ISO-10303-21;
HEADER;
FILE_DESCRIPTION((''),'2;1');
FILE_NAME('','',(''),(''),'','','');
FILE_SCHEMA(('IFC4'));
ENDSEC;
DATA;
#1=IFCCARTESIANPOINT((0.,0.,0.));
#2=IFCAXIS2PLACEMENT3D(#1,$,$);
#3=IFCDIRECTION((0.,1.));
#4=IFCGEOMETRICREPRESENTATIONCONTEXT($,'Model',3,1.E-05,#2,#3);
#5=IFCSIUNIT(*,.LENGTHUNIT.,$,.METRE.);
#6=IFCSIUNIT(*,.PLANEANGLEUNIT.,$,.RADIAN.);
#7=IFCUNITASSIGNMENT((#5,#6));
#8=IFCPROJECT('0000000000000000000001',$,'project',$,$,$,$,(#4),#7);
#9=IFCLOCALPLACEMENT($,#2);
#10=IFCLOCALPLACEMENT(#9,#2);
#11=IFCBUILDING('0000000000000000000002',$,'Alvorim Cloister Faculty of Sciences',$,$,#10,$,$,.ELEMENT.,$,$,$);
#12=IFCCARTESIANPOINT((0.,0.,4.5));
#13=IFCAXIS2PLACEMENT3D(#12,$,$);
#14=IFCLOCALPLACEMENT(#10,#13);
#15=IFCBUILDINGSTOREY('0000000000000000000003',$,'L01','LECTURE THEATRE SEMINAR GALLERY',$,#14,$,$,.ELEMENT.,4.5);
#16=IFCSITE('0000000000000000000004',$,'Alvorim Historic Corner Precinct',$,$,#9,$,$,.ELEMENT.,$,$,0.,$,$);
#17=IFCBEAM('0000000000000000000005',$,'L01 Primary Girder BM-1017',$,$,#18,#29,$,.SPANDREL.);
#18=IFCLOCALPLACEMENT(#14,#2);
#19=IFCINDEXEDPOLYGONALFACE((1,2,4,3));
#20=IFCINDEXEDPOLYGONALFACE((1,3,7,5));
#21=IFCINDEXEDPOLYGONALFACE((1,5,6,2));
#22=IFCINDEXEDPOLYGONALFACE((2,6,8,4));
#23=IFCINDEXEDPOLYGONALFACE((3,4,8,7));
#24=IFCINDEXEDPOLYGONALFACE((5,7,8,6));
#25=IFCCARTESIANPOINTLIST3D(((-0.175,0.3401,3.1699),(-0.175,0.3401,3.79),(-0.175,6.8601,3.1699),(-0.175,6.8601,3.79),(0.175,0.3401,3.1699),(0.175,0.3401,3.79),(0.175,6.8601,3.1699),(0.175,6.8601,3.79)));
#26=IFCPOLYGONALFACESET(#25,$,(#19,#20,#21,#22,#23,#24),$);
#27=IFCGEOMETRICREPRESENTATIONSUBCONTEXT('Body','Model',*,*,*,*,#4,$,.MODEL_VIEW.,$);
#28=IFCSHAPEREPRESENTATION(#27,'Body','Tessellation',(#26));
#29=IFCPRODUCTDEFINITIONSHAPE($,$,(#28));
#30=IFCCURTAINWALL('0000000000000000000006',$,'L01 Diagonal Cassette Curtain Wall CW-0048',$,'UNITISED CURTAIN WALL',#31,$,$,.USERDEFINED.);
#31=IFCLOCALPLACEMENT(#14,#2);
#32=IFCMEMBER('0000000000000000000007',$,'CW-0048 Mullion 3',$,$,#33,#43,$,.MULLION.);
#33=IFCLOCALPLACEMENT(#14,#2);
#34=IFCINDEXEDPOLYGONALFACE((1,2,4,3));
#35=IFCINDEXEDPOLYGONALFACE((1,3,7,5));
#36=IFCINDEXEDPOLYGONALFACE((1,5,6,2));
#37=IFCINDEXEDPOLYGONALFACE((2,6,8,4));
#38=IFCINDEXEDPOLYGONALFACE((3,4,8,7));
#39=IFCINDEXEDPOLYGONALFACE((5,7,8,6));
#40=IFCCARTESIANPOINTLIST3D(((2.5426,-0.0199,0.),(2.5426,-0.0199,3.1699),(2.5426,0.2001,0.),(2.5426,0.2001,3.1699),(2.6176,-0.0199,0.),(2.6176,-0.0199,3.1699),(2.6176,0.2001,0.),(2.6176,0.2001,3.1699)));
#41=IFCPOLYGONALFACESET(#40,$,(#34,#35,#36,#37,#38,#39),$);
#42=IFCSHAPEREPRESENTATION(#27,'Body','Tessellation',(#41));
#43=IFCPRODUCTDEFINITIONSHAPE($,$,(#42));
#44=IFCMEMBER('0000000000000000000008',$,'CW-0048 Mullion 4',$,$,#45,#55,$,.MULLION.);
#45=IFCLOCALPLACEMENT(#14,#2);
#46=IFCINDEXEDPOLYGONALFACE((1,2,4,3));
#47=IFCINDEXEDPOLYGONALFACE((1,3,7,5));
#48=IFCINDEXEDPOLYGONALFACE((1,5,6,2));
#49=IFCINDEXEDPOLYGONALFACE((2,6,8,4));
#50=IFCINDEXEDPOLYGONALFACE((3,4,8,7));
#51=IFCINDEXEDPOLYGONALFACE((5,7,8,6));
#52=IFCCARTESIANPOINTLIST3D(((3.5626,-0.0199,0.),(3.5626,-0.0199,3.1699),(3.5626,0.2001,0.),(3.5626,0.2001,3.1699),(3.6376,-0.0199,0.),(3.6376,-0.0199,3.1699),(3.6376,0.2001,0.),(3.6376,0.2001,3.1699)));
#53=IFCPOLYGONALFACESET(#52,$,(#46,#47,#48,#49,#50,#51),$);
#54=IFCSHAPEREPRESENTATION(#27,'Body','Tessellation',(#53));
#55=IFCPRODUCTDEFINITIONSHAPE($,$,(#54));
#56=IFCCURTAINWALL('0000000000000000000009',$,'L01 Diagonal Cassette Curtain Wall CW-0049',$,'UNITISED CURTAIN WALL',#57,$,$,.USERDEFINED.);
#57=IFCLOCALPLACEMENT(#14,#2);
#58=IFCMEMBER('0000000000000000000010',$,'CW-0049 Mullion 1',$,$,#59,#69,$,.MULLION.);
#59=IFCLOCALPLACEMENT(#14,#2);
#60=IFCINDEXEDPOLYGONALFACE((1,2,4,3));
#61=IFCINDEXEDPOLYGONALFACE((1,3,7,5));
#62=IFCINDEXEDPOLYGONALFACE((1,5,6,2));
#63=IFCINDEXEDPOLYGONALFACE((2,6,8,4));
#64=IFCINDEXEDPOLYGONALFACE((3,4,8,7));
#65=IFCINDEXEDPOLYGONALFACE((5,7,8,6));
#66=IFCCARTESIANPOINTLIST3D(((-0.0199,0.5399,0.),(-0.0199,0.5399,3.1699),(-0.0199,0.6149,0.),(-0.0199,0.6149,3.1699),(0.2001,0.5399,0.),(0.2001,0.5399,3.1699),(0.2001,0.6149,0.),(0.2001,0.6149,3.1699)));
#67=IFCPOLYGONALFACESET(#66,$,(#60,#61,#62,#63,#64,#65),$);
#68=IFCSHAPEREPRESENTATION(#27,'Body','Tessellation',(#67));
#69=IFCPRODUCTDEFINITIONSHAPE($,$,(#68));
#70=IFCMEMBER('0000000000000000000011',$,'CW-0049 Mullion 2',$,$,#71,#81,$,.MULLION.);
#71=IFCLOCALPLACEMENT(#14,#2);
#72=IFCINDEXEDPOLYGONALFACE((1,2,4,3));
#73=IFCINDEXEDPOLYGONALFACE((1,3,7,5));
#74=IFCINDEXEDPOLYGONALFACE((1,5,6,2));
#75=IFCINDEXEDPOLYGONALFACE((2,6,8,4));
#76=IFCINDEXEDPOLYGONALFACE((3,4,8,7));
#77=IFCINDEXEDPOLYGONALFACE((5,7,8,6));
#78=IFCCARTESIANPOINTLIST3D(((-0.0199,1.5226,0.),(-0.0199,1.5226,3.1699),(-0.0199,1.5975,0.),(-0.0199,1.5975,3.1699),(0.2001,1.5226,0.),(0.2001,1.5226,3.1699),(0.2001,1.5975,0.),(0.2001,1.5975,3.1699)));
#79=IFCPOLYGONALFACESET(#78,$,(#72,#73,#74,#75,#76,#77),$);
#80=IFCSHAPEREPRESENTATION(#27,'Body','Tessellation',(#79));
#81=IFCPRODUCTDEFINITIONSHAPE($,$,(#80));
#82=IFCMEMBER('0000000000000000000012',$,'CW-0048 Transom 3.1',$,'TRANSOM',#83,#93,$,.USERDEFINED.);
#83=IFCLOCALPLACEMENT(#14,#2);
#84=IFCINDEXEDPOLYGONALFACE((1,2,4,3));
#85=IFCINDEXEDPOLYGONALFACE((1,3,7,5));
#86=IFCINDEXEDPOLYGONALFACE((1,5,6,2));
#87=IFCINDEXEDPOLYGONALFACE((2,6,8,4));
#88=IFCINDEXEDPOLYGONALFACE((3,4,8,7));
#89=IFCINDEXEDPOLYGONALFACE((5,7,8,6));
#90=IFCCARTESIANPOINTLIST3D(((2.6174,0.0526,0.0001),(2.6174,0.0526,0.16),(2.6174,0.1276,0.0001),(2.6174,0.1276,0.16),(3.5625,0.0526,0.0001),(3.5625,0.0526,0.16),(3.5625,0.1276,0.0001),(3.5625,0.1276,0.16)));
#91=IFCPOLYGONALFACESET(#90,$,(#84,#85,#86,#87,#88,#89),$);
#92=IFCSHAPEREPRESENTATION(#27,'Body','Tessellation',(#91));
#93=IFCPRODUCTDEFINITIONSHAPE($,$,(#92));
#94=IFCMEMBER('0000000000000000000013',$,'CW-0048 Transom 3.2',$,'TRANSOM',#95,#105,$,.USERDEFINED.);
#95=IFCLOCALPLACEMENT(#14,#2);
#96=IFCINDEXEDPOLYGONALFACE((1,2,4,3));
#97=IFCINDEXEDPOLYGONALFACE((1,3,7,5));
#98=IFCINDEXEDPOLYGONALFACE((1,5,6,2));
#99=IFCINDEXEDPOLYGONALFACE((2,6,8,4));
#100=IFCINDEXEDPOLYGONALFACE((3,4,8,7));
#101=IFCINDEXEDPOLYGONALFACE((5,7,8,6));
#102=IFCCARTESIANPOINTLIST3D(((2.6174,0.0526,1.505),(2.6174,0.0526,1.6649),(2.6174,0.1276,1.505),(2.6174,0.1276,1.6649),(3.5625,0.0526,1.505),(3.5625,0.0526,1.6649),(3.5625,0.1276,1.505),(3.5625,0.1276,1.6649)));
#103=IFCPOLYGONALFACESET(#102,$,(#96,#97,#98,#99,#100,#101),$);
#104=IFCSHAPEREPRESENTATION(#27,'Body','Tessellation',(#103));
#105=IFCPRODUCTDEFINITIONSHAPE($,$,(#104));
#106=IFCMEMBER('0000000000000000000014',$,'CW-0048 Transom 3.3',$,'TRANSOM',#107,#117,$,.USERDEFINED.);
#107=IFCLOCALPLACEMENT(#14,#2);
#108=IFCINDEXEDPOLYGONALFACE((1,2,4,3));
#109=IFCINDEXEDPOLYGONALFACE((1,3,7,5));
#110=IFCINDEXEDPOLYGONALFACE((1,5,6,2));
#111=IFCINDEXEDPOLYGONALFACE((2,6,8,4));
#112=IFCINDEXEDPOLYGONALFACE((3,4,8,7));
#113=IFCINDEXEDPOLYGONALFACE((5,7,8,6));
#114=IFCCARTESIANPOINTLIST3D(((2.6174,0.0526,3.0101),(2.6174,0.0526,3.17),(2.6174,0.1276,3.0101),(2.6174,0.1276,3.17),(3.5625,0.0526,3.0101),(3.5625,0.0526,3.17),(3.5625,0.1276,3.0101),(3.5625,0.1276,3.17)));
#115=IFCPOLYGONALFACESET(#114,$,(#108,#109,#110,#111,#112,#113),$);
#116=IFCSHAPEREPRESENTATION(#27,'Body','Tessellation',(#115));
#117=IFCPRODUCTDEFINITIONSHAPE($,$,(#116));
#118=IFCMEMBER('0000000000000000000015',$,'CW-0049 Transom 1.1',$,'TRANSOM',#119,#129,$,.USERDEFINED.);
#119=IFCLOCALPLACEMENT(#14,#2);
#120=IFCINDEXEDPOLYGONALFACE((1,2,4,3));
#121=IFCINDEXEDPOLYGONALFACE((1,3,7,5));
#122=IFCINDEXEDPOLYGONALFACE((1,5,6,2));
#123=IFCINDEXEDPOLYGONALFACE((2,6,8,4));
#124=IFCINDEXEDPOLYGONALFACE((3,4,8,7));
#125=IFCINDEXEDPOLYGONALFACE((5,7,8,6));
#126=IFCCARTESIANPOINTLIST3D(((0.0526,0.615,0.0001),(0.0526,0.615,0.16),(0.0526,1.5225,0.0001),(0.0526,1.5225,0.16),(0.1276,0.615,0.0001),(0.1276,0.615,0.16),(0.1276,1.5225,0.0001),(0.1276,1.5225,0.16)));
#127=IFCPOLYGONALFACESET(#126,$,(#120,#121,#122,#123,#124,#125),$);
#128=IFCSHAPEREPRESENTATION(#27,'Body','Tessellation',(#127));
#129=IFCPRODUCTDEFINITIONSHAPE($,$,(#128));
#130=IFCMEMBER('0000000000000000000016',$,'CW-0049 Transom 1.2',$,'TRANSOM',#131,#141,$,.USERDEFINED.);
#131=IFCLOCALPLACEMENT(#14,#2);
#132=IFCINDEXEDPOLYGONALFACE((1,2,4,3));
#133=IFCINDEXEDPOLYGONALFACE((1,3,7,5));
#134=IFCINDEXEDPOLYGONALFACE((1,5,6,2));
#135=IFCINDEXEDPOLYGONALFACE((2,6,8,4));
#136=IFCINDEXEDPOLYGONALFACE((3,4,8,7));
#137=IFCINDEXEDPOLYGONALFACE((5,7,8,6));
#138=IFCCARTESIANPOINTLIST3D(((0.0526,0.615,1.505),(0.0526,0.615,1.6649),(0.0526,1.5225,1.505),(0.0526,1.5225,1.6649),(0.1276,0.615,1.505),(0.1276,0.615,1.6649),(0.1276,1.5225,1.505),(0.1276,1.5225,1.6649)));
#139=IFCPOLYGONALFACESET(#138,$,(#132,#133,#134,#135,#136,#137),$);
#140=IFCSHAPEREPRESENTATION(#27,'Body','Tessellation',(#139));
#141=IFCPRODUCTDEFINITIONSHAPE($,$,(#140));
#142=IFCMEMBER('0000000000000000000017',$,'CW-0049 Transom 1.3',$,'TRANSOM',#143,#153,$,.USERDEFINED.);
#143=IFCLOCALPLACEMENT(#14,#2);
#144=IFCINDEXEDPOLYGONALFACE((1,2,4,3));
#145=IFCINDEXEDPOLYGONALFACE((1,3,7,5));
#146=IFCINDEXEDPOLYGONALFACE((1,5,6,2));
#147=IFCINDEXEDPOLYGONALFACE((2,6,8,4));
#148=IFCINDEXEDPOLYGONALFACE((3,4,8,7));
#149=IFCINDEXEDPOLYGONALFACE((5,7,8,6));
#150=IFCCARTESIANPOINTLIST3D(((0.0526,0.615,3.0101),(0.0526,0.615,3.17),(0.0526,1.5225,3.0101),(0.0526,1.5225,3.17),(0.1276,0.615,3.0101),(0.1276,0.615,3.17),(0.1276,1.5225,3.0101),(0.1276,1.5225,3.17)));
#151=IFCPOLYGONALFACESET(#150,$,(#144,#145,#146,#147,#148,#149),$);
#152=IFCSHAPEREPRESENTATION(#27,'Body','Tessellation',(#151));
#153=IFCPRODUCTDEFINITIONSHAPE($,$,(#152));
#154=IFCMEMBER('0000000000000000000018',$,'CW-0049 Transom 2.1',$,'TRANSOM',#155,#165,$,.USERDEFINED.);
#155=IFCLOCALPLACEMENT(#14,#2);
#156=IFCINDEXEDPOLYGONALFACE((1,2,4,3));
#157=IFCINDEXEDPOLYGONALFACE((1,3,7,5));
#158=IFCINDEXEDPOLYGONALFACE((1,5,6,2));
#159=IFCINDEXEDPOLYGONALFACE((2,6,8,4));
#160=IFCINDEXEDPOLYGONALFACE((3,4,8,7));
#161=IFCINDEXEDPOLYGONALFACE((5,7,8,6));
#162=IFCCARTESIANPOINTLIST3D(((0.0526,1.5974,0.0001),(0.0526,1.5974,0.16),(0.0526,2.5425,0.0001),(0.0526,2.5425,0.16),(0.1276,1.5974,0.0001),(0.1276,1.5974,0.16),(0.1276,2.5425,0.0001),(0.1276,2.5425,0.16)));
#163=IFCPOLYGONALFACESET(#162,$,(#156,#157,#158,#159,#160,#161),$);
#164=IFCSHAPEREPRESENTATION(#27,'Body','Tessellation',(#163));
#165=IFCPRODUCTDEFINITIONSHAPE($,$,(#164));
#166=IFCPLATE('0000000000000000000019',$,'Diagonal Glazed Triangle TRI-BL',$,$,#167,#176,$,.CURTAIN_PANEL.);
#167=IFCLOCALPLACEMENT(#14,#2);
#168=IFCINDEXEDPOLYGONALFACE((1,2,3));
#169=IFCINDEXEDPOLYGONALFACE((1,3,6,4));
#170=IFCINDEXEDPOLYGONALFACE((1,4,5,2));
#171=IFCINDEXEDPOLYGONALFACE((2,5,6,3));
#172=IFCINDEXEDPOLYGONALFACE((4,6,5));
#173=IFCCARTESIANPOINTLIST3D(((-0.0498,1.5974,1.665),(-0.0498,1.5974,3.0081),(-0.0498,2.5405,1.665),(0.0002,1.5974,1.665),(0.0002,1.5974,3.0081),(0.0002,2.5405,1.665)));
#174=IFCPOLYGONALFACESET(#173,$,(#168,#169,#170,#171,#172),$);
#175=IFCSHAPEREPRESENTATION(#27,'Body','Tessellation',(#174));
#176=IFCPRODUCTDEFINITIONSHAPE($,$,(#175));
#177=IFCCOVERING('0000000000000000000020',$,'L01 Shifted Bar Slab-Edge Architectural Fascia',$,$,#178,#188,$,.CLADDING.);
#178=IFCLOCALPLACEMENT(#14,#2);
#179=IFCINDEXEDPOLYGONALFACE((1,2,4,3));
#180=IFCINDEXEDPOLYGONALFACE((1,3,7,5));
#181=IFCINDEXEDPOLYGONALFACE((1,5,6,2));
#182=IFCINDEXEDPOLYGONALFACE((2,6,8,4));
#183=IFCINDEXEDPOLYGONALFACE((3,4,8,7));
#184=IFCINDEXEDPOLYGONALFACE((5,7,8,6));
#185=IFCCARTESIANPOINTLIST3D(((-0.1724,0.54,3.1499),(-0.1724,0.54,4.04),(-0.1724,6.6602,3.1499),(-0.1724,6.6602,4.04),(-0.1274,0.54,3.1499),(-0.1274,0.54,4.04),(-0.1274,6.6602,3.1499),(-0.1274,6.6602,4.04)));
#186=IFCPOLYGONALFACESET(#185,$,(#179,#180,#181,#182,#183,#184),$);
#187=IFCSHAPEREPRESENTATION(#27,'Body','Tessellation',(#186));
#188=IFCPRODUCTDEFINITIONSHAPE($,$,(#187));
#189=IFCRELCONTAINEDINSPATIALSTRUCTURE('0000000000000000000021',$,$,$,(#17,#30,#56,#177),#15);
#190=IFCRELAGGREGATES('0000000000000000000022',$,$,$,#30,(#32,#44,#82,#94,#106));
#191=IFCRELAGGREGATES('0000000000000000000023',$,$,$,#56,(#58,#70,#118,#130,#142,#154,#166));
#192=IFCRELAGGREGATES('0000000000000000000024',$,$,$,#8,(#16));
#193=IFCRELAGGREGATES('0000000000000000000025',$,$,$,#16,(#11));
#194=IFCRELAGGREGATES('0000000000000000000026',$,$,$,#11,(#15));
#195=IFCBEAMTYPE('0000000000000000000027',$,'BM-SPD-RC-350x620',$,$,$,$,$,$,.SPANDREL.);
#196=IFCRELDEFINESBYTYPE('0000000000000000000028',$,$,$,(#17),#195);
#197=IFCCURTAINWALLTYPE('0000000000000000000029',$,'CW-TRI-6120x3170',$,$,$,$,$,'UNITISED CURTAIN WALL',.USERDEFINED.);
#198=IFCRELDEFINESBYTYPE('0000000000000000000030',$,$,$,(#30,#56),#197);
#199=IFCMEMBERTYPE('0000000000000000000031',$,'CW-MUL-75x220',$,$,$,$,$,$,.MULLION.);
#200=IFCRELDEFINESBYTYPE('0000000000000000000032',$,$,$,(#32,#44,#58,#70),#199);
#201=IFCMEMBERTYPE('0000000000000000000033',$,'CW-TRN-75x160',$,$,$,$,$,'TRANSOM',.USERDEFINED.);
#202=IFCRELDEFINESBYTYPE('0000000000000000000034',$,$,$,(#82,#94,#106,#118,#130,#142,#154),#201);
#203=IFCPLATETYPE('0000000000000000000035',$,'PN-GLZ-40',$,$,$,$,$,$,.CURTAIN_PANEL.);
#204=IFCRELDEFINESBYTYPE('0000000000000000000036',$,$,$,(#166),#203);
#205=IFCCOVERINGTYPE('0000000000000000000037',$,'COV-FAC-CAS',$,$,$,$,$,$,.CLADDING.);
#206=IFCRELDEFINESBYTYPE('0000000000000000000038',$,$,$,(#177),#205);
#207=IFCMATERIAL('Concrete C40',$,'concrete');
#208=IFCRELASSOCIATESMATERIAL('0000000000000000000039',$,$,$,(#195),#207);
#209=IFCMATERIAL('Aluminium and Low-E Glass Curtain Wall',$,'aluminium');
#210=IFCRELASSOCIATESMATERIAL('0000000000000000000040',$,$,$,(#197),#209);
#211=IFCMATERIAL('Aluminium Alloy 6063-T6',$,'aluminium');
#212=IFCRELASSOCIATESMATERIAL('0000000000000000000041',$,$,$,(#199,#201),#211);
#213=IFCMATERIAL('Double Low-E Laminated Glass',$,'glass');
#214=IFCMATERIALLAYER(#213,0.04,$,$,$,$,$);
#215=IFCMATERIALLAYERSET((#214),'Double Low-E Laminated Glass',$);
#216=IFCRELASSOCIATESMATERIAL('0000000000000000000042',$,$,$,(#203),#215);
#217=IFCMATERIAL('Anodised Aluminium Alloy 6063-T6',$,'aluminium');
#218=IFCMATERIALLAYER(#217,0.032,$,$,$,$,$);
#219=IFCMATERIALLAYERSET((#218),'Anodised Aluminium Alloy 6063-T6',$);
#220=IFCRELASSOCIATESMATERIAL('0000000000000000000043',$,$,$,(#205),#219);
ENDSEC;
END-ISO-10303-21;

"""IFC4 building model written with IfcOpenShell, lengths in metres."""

from ifc_helpers import new_model, si_unit, direction, frame, origin, origin_2d, place, context, subcontext, project, spatial, polyline, rectangle, outline, extrude, material, layer, layer_set, material_profile, profile_set, type_object, element, aggregate, save


model = new_model("IFC4")

# Units and contexts
model_context = context("Model", 3, precision=1e-05, world=origin(), true_north=direction((0.0, 1.0)))
body_context = subcontext(model_context, "Body", "Model", "MODEL_VIEW")
ifc_project = project(units=[si_unit("LENGTHUNIT", "METRE"), si_unit("PLANEANGLEUNIT", "RADIAN")], contexts=[model_context])

# Site, building, storey
site_placement = place(None, origin())
site = spatial("IfcSite", under=ifc_project, at=site_placement, Name="Alvorim Historic Corner Precinct", CompositionType="ELEMENT", RefElevation=0.0)
building_placement = place(site_placement, origin())
building = spatial("IfcBuilding", under=site, at=building_placement, Name="Alvorim Cloister Faculty of Sciences", CompositionType="ELEMENT")
storey_placement = place(building_placement, frame((0.0, 0.0, 4.5)))
storey = spatial("IfcBuildingStorey", under=building, at=storey_placement, Name="L01", Description="LECTURE THEATRE SEMINAR GALLERY", CompositionType="ELEMENT", Elevation=4.5)

# Beam
ifc_material_1 = material(Name="Concrete C40", Category="concrete")
ifc_material_profile_1 = material_profile(ifc_material_1, rectangle(XDim=0.3501, YDim=0.6201, at=origin_2d()), Name="RC40-SPD-350x620")
ifc_profile_set_1 = profile_set([ifc_material_profile_1], Name="Concrete C40")
beam_type = type_object("IfcBeamType", Name="BM-SPD-RC-350x620", PredefinedType="SPANDREL", material=ifc_profile_set_1)
beam_placement = place(storey_placement, frame((0.0, 0.3401, 3.48), z_axis=(0.0, 1.0, 0.0), x_axis=(-1.0, 0.0, 0.0)))
element("IfcBeam", 1, at=beam_placement, inside=storey, type_object=beam_type, Name="L01 Primary Girder BM-1017", PredefinedType="SPANDREL", context=body_context, shape_type="SweptSolid", body=[
    extrude(rectangle(XDim=0.3501, YDim=0.6201, at=origin_2d()), origin(), (0.0, 0.0, 1.0), 6.52),
])

# Curtain walls, members
ifc_material_2 = material(Name="Aluminium and Low-E Glass Curtain Wall", Category="aluminium")
curtain_wall_type = type_object("IfcCurtainWallType", Name="CW-TRI-6120x3170", ElementType="UNITISED CURTAIN WALL", PredefinedType="USERDEFINED", material=ifc_material_2)
curtain_wall_1_placement = place(storey_placement, origin())
curtain_wall_1 = element("IfcCurtainWall", 2, at=curtain_wall_1_placement, inside=storey, type_object=curtain_wall_type, Name="L01 Diagonal Cassette Curtain Wall CW-0048", ObjectType="UNITISED CURTAIN WALL", PredefinedType="USERDEFINED")
ifc_material_3 = material(Name="Aluminium Alloy 6063-T6", Category="aluminium")
ifc_material_profile_2 = material_profile(ifc_material_3, rectangle(XDim=0.075, YDim=0.22, at=origin_2d()), Name="ALU-MUL-75x220")
ifc_profile_set_2 = profile_set([ifc_material_profile_2], Name="Aluminium Alloy 6063-T6")
member_type_1 = type_object("IfcMemberType", Name="CW-MUL-75x220", PredefinedType="MULLION", material=ifc_profile_set_2)
member_1_placement = place(storey_placement, frame((2.5801, 0.0901, 0.0), z_axis=(0.0, 0.0, 1.0), x_axis=(1.0, 0.0, 0.0)))
member_1 = element("IfcMember", 3, at=member_1_placement, type_object=member_type_1, Name="CW-0048 Mullion 3", PredefinedType="MULLION", context=body_context, shape_type="SweptSolid", body=[
    extrude(rectangle(XDim=0.075, YDim=0.22, at=origin_2d()), origin(), (0.0, 0.0, 1.0), 3.1699),
])
member_2_placement = place(storey_placement, frame((3.6001, 0.0901, 0.0), z_axis=(0.0, 0.0, 1.0), x_axis=(1.0, 0.0, 0.0)))
member_2 = element("IfcMember", 4, at=member_2_placement, type_object=member_type_1, Name="CW-0048 Mullion 4", PredefinedType="MULLION", context=body_context, shape_type="SweptSolid", body=[
    extrude(rectangle(XDim=0.075, YDim=0.22, at=origin_2d()), origin(), (0.0, 0.0, 1.0), 3.1699),
])
curtain_wall_2_placement = place(storey_placement, origin())
curtain_wall_2 = element("IfcCurtainWall", 5, at=curtain_wall_2_placement, inside=storey, type_object=curtain_wall_type, Name="L01 Diagonal Cassette Curtain Wall CW-0049", ObjectType="UNITISED CURTAIN WALL", PredefinedType="USERDEFINED")
member_3_placement = place(storey_placement, frame((0.0901, 0.5774, 0.0), z_axis=(0.0, 0.0, 1.0), x_axis=(0.0, 1.0, 0.0)))
member_3 = element("IfcMember", 6, at=member_3_placement, type_object=member_type_1, Name="CW-0049 Mullion 1", PredefinedType="MULLION", context=body_context, shape_type="SweptSolid", body=[
    extrude(rectangle(XDim=0.075, YDim=0.22, at=origin_2d()), origin(), (0.0, 0.0, 1.0), 3.1699),
])
member_4_placement = place(storey_placement, frame((0.0901, 1.5601, 0.0), z_axis=(0.0, 0.0, 1.0), x_axis=(0.0, 1.0, 0.0)))
member_4 = element("IfcMember", 7, at=member_4_placement, type_object=member_type_1, Name="CW-0049 Mullion 2", PredefinedType="MULLION", context=body_context, shape_type="SweptSolid", body=[
    extrude(rectangle(XDim=0.075, YDim=0.22, at=origin_2d()), origin(), (0.0, 0.0, 1.0), 3.1699),
])

# Members
ifc_material_profile_3 = material_profile(ifc_material_3, rectangle(XDim=0.075, YDim=0.1599, at=origin_2d()), Name="ALU-TRN-75x160")
ifc_profile_set_3 = profile_set([ifc_material_profile_3], Name="Aluminium Alloy 6063-T6")
member_type_2 = type_object("IfcMemberType", Name="CW-TRN-75x160", ElementType="TRANSOM", PredefinedType="USERDEFINED", material=ifc_profile_set_3)
member_5_placement = place(storey_placement, frame((2.6174, 0.0901, 0.0801), z_axis=(1.0, 0.0, 0.0), x_axis=(0.0, 1.0, 0.0)))
member_5 = element("IfcMember", 8, at=member_5_placement, type_object=member_type_2, Name="CW-0048 Transom 3.1", ObjectType="TRANSOM", PredefinedType="USERDEFINED", context=body_context, shape_type="SweptSolid", body=[
    extrude(rectangle(XDim=0.075, YDim=0.1599, at=origin_2d()), origin(), (0.0, 0.0, 1.0), 0.9451),
])
member_6_placement = place(storey_placement, frame((2.6174, 0.0901, 1.585), z_axis=(1.0, 0.0, 0.0), x_axis=(0.0, 1.0, 0.0)))
member_6 = element("IfcMember", 9, at=member_6_placement, type_object=member_type_2, Name="CW-0048 Transom 3.2", ObjectType="TRANSOM", PredefinedType="USERDEFINED", context=body_context, shape_type="SweptSolid", body=[
    extrude(rectangle(XDim=0.075, YDim=0.1599, at=origin_2d()), origin(), (0.0, 0.0, 1.0), 0.9451),
])
member_7_placement = place(storey_placement, frame((2.6174, 0.0901, 3.0901), z_axis=(1.0, 0.0, 0.0), x_axis=(0.0, 1.0, 0.0)))
member_7 = element("IfcMember", 10, at=member_7_placement, type_object=member_type_2, Name="CW-0048 Transom 3.3", ObjectType="TRANSOM", PredefinedType="USERDEFINED", context=body_context, shape_type="SweptSolid", body=[
    extrude(rectangle(XDim=0.075, YDim=0.1599, at=origin_2d()), origin(), (0.0, 0.0, 1.0), 0.9451),
])
aggregate(curtain_wall_1, [member_1, member_2, member_5, member_6, member_7])
member_8_placement = place(storey_placement, frame((0.0901, 0.615, 0.0801), z_axis=(0.0, 1.0, 0.0), x_axis=(-1.0, 0.0, 0.0)))
member_8 = element("IfcMember", 11, at=member_8_placement, type_object=member_type_2, Name="CW-0049 Transom 1.1", ObjectType="TRANSOM", PredefinedType="USERDEFINED", context=body_context, shape_type="SweptSolid", body=[
    extrude(rectangle(XDim=0.075, YDim=0.1599, at=origin_2d()), origin(), (0.0, 0.0, 1.0), 0.9075),
])
member_9_placement = place(storey_placement, frame((0.0901, 0.615, 1.585), z_axis=(0.0, 1.0, 0.0), x_axis=(-1.0, 0.0, 0.0)))
member_9 = element("IfcMember", 12, at=member_9_placement, type_object=member_type_2, Name="CW-0049 Transom 1.2", ObjectType="TRANSOM", PredefinedType="USERDEFINED", context=body_context, shape_type="SweptSolid", body=[
    extrude(rectangle(XDim=0.075, YDim=0.1599, at=origin_2d()), origin(), (0.0, 0.0, 1.0), 0.9075),
])
member_10_placement = place(storey_placement, frame((0.0901, 0.615, 3.0901), z_axis=(0.0, 1.0, 0.0), x_axis=(-1.0, 0.0, 0.0)))
member_10 = element("IfcMember", 13, at=member_10_placement, type_object=member_type_2, Name="CW-0049 Transom 1.3", ObjectType="TRANSOM", PredefinedType="USERDEFINED", context=body_context, shape_type="SweptSolid", body=[
    extrude(rectangle(XDim=0.075, YDim=0.1599, at=origin_2d()), origin(), (0.0, 0.0, 1.0), 0.9075),
])
member_11_placement = place(storey_placement, frame((0.0901, 1.5974, 0.0801), z_axis=(0.0, 1.0, 0.0), x_axis=(-1.0, 0.0, 0.0)))
member_11 = element("IfcMember", 14, at=member_11_placement, type_object=member_type_2, Name="CW-0049 Transom 2.1", ObjectType="TRANSOM", PredefinedType="USERDEFINED", context=body_context, shape_type="SweptSolid", body=[
    extrude(rectangle(XDim=0.075, YDim=0.1599, at=origin_2d()), origin(), (0.0, 0.0, 1.0), 0.9451),
])

# Plate
ifc_material_4 = material(Name="Double Low-E Laminated Glass", Category="glass")
ifc_layer_1 = layer(ifc_material_4, 0.04)
ifc_layer_set_1 = layer_set([ifc_layer_1], Name="Double Low-E Laminated Glass")
plate_type = type_object("IfcPlateType", Name="PN-GLZ-40", PredefinedType="CURTAIN_PANEL", material=ifc_layer_set_1)
plate_1_placement = place(storey_placement, frame((-0.0249, 1.5974, 1.665), z_axis=(0.0, 0.0, 1.0), x_axis=(0.0, 1.0, 0.0)))
plate_1 = element("IfcPlate", 15, at=plate_1_placement, type_object=plate_type, Name="Diagonal Glazed Triangle TRI-BL", PredefinedType="CURTAIN_PANEL", context=body_context, shape_type="SweptSolid", body=[
    extrude(outline(polyline([(0.0, 0.0), (0.9431, 0.0), (0.0, 1.343), (0.0, 0.0)])), frame((0.0, 0.0249, 0.0), z_axis=(0.0, -1.0, 0.0), x_axis=(1.0, 0.0, 0.0)), (0.0, 0.0, 1.0), 0.05),
])
aggregate(curtain_wall_2, [member_3, member_4, member_8, member_9, member_10, member_11, plate_1])

# Covering
ifc_material_5 = material(Name="Anodised Aluminium Alloy 6063-T6", Category="aluminium")
ifc_layer_2 = layer(ifc_material_5, 0.032)
ifc_layer_set_2 = layer_set([ifc_layer_2], Name="Anodised Aluminium Alloy 6063-T6")
covering_type = type_object("IfcCoveringType", Name="COV-FAC-CAS", PredefinedType="CLADDING", material=ifc_layer_set_2)
covering_placement = place(storey_placement, frame((-0.1499, 0.54, 3.1499), z_axis=(0.0, 0.0, 1.0), x_axis=(0.0, 1.0, 0.0)))
element("IfcCovering", 16, at=covering_placement, inside=storey, type_object=covering_type, Name="L01 Shifted Bar Slab-Edge Architectural Fascia", PredefinedType="CLADDING", context=body_context, shape_type="SweptSolid", body=[
    extrude(outline(polyline([(0.0, 0.0), (6.1201, 0.0), (6.1201, 0.8901), (0.0, 0.8901), (0.0, 0.0)])), frame((0.0, 0.0225, 0.0), z_axis=(0.0, -1.0, 0.0), x_axis=(1.0, 0.0, 0.0)), (0.0, 0.0, 1.0), 0.0449),
])

save(model, "model.ifc")
